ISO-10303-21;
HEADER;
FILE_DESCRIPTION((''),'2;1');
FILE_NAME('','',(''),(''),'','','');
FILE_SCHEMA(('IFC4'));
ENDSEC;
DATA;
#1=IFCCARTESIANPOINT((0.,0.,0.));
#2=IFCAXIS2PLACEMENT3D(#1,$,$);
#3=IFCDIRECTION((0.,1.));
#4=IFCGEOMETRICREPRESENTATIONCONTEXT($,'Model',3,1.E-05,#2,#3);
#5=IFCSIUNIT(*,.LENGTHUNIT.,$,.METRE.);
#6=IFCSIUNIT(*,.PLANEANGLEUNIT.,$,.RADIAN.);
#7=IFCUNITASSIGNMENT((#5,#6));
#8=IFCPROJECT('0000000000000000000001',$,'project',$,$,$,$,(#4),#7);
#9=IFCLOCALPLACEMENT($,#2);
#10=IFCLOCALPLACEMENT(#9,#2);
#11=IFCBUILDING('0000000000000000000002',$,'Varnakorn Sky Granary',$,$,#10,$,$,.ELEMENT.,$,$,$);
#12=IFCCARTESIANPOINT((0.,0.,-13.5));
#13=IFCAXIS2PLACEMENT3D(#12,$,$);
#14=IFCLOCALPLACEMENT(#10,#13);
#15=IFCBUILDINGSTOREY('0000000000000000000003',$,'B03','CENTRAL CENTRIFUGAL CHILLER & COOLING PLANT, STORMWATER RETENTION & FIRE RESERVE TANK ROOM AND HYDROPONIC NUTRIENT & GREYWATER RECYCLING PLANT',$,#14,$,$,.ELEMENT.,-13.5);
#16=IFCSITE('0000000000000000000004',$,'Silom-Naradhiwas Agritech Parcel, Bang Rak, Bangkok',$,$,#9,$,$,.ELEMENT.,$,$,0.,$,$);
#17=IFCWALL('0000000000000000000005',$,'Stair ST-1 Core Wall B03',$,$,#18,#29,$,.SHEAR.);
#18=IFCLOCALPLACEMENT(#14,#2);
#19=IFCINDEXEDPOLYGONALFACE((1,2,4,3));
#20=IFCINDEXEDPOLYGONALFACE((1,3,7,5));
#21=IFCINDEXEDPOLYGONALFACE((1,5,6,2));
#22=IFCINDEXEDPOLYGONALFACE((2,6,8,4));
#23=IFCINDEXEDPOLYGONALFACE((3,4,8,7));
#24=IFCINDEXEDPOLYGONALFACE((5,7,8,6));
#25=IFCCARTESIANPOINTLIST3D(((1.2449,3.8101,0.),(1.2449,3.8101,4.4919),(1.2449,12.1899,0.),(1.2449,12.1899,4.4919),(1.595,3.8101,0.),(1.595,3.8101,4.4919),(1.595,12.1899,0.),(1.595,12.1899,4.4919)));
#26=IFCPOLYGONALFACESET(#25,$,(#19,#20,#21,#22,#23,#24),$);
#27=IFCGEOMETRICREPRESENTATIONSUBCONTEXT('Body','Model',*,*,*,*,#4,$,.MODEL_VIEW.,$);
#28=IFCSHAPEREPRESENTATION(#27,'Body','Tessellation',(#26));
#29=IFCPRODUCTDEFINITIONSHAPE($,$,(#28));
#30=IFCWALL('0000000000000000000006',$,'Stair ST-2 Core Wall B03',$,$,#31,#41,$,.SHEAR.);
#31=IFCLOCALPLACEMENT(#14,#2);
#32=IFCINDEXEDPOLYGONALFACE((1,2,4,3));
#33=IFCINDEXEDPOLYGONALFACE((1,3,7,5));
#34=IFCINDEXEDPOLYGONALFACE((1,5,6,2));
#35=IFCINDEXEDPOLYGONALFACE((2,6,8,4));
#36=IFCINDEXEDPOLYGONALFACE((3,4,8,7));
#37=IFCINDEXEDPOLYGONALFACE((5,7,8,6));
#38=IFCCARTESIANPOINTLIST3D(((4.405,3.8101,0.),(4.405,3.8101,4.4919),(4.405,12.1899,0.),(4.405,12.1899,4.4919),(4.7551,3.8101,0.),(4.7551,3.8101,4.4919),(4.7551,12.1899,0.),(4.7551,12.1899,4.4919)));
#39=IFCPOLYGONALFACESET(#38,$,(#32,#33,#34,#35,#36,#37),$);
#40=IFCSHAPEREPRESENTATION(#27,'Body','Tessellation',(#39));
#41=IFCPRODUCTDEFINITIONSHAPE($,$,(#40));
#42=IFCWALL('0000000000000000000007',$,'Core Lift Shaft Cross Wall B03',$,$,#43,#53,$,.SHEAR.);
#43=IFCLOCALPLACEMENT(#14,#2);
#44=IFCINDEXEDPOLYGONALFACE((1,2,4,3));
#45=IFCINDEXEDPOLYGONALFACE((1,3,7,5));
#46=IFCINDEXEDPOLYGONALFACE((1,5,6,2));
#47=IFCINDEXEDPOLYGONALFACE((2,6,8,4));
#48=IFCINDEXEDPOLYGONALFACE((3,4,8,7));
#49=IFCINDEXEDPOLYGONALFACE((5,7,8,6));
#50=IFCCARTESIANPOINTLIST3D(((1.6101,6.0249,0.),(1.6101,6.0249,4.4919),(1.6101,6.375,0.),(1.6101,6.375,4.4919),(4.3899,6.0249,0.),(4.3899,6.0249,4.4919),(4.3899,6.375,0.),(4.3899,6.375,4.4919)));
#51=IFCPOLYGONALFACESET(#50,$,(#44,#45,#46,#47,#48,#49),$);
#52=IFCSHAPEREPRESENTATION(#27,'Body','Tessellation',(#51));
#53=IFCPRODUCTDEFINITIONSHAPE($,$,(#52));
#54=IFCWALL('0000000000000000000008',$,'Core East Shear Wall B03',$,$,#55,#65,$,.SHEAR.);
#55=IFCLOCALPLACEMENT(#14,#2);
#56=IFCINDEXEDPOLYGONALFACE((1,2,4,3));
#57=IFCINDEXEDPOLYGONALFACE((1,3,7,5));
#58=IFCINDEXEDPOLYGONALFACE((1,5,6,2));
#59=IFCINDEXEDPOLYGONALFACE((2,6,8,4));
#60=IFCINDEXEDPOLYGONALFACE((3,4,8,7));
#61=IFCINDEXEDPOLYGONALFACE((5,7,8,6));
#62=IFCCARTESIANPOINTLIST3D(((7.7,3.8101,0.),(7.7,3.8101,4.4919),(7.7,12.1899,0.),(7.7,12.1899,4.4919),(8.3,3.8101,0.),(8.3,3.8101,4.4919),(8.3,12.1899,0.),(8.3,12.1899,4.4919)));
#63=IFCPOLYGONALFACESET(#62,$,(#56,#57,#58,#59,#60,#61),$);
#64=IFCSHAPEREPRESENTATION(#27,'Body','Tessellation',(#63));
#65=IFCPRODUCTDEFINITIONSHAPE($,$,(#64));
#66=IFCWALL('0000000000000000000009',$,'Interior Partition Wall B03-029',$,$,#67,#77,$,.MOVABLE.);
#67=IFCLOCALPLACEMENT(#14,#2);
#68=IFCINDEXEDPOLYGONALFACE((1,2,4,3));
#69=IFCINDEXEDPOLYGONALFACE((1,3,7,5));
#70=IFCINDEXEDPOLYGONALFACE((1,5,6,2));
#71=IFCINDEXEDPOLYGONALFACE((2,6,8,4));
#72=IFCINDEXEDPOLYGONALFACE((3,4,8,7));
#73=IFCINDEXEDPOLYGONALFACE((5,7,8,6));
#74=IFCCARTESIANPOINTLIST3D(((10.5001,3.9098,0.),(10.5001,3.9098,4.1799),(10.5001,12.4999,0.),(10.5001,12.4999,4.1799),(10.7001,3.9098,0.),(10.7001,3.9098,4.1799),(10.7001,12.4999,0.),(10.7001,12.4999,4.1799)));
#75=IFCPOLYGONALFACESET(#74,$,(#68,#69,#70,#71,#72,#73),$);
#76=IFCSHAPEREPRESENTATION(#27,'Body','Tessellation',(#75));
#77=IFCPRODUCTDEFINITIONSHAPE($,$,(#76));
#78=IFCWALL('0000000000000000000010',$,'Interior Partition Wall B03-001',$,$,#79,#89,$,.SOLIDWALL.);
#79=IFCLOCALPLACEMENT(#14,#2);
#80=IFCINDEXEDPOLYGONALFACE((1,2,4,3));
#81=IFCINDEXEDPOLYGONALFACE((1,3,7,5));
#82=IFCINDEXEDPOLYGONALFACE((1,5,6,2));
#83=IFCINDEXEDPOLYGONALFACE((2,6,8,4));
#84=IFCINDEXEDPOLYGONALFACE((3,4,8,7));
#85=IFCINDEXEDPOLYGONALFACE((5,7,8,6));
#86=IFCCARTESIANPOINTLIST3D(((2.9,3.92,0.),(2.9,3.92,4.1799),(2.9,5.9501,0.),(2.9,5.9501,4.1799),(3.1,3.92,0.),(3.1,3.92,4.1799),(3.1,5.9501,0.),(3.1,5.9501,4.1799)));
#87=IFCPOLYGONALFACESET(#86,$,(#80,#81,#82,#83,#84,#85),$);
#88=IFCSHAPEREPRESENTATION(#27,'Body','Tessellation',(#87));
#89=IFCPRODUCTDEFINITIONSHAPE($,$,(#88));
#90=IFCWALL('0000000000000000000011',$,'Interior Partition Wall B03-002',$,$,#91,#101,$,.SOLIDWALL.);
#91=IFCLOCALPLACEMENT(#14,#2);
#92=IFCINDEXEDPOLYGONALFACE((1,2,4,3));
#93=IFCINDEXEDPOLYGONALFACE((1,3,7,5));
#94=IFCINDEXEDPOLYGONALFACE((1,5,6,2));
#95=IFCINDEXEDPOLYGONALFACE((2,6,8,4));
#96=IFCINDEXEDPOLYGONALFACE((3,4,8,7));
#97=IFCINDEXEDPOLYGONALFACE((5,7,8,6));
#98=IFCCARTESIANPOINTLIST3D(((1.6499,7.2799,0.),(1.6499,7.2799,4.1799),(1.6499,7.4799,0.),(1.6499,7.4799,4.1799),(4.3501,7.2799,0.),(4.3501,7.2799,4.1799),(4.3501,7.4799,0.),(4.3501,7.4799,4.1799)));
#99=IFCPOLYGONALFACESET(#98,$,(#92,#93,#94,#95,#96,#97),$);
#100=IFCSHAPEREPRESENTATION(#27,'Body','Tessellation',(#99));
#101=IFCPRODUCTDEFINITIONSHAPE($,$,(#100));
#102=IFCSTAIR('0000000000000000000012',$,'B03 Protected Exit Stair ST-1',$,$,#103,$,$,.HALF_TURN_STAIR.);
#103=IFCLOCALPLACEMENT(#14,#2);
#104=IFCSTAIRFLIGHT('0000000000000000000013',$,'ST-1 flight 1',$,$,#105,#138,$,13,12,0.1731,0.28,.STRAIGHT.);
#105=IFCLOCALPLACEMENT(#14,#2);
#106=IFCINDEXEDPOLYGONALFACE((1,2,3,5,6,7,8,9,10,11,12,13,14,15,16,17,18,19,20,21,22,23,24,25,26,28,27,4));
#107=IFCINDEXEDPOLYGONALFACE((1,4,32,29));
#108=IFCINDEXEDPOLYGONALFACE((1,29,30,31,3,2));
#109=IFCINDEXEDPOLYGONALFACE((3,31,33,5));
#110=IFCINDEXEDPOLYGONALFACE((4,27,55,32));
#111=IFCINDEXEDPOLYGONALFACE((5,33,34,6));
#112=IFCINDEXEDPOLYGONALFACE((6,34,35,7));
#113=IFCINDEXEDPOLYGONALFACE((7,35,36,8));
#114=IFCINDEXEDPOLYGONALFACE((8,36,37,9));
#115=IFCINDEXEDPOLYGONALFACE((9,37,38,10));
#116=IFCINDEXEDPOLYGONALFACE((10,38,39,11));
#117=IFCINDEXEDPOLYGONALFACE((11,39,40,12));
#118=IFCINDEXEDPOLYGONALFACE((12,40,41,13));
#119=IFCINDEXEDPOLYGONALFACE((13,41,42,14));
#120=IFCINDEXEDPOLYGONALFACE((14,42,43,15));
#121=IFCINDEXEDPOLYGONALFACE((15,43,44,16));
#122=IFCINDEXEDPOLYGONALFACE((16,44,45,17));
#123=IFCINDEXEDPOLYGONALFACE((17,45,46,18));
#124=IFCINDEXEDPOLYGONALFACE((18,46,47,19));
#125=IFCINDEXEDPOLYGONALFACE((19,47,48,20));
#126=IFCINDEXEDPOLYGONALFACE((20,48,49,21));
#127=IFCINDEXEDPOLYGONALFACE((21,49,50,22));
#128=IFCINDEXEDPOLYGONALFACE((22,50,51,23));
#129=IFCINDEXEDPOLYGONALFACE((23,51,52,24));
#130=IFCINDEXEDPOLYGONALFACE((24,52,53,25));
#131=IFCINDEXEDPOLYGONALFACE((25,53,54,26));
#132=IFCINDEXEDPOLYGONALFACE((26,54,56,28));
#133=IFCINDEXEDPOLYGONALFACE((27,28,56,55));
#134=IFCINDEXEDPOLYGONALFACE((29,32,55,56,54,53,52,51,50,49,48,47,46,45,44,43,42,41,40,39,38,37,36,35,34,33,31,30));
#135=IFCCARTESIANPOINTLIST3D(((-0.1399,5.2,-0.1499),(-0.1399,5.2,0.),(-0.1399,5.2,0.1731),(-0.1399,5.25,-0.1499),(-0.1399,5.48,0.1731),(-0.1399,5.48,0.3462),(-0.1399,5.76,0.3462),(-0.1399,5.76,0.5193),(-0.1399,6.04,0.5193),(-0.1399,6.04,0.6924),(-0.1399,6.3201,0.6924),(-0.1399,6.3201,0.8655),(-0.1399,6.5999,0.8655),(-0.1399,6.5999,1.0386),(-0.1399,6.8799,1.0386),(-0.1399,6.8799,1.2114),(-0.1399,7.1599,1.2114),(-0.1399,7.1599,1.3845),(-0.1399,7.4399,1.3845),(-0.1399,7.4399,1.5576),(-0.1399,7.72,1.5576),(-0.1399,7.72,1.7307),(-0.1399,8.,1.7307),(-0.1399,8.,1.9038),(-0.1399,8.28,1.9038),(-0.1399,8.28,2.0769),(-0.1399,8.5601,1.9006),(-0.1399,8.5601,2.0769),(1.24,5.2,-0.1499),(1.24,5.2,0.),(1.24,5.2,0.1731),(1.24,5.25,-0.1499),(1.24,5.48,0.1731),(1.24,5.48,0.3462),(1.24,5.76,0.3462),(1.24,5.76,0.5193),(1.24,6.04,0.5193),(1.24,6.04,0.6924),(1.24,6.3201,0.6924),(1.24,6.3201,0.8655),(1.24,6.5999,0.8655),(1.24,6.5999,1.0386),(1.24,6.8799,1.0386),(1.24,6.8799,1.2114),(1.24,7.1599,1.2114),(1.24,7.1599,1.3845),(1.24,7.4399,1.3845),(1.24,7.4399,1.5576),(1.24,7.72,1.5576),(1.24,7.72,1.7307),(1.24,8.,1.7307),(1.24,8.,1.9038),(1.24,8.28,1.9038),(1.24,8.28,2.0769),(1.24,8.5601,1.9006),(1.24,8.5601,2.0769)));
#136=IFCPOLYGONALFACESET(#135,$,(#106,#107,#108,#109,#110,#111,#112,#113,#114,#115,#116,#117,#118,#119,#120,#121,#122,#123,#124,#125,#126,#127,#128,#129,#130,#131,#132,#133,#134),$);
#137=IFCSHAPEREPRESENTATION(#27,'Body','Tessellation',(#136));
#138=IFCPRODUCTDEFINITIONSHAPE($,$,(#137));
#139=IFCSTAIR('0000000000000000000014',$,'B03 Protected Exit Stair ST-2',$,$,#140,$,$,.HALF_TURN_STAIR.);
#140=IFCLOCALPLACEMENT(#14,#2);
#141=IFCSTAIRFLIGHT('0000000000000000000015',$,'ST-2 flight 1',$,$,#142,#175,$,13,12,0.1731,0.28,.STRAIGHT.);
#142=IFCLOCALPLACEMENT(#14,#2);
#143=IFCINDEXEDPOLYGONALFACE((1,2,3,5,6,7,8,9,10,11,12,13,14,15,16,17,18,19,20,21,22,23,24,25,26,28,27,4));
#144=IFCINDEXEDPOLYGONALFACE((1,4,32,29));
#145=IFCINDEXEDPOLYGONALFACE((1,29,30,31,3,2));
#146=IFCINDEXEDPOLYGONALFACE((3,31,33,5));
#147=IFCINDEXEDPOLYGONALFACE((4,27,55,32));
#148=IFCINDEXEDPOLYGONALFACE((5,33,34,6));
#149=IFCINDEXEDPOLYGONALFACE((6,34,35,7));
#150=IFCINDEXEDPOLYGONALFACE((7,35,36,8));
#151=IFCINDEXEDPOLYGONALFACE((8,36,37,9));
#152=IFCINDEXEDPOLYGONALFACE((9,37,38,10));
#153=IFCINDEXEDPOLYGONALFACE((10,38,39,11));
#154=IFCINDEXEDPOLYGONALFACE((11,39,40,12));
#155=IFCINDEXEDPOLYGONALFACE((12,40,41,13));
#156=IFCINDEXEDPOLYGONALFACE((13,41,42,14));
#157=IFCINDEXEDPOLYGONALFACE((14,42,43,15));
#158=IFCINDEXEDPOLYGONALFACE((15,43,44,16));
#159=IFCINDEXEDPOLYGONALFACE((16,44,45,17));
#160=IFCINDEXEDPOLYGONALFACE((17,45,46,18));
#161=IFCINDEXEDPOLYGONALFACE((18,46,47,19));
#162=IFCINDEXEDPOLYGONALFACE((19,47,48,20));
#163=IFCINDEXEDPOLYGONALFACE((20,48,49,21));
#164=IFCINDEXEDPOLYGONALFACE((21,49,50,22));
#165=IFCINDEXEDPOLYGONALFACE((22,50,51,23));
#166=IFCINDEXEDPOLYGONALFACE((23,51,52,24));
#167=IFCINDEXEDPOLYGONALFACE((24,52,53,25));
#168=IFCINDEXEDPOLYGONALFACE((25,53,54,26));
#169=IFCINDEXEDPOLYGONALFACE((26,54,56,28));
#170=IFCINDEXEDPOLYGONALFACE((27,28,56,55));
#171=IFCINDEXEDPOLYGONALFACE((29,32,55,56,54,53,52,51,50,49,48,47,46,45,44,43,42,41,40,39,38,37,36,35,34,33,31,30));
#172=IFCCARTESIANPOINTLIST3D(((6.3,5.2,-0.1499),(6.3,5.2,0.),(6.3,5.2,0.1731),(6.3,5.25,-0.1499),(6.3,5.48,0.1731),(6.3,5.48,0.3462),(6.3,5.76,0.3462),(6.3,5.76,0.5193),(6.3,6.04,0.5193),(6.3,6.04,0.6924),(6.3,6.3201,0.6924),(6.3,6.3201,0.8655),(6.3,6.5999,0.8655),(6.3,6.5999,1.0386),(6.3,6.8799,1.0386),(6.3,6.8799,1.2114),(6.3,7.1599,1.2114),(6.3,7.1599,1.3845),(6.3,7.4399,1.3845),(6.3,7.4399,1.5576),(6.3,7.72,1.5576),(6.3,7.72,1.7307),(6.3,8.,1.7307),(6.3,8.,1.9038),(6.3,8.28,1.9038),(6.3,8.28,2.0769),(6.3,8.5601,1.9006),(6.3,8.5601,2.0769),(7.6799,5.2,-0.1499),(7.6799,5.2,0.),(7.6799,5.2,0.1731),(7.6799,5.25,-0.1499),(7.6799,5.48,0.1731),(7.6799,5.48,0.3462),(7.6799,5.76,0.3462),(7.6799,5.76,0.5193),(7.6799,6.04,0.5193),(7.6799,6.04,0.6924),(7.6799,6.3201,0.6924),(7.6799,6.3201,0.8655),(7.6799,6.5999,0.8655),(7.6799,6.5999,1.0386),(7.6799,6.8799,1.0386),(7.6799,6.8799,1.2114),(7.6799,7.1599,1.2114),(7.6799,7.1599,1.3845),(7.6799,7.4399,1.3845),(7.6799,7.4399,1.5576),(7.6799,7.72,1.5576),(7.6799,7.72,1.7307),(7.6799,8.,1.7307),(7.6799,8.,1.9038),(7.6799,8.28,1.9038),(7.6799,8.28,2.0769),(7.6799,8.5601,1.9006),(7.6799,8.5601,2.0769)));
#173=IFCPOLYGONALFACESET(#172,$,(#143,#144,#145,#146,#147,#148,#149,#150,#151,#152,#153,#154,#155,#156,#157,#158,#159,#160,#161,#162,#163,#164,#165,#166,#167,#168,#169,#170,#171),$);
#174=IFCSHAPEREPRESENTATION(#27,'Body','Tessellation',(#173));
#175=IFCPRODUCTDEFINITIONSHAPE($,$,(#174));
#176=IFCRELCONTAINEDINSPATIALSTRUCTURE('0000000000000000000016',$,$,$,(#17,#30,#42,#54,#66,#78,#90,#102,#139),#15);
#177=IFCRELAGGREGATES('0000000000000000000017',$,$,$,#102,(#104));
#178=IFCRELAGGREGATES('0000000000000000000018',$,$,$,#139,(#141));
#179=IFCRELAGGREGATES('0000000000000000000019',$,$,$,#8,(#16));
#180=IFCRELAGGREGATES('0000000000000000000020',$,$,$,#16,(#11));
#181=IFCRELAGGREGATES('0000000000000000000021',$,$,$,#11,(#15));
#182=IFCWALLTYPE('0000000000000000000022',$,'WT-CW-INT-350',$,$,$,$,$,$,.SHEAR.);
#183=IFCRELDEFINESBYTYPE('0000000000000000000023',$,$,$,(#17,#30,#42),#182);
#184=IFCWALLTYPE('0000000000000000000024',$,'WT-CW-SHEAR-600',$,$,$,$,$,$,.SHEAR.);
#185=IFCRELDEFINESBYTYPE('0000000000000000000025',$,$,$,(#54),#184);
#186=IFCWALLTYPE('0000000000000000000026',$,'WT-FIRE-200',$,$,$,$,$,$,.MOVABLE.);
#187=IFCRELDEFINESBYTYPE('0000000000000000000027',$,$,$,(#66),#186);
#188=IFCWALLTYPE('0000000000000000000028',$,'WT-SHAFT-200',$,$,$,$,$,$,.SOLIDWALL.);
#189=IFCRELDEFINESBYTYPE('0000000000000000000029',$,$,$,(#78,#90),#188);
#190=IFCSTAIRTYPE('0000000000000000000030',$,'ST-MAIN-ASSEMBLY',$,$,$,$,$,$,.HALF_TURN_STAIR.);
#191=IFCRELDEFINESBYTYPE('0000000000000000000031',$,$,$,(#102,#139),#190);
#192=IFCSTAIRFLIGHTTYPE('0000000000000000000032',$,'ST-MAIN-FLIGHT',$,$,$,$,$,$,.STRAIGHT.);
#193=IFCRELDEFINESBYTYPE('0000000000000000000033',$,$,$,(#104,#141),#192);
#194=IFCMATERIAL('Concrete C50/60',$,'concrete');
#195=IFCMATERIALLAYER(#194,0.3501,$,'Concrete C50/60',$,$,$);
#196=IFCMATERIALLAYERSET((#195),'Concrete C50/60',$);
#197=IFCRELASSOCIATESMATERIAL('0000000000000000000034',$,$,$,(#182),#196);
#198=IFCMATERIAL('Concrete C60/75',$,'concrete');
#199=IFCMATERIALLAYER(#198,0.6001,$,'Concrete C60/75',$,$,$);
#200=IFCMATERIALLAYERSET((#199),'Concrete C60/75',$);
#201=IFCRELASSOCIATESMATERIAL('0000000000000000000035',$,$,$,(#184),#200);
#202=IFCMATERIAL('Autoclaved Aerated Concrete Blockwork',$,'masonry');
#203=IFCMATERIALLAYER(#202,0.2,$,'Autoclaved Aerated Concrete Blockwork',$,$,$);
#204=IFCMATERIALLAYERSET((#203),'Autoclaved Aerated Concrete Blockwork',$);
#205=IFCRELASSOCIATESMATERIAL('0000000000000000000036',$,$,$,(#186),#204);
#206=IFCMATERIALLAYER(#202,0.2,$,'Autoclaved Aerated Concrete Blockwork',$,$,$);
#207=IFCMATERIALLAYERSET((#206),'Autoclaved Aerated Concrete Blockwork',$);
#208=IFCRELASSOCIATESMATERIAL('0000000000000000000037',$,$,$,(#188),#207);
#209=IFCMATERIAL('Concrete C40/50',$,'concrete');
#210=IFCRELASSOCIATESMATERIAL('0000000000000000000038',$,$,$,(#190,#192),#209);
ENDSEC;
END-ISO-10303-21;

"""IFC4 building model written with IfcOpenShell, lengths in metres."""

from ifc_helpers import new_model, si_unit, direction, frame, frame_2d, origin, place, context, subcontext, project, spatial, polyline, rectangle, outline, extrude, material, layer, layer_set, type_object, element, aggregate, save


model = new_model("IFC4")

# Units and contexts
model_context = context("Model", 3, precision=1e-05, world=origin(), true_north=direction((0.0, 1.0)))
body_context = subcontext(model_context, "Body", "Model", "MODEL_VIEW")
ifc_project = project(units=[si_unit("LENGTHUNIT", "METRE"), si_unit("PLANEANGLEUNIT", "RADIAN")], contexts=[model_context])

# Site, building, storey
site_placement = place(None, origin())
site = spatial("IfcSite", under=ifc_project, at=site_placement, Name="Silom-Naradhiwas Agritech Parcel, Bang Rak, Bangkok", CompositionType="ELEMENT", RefElevation=0.0)
building_placement = place(site_placement, origin())
building = spatial("IfcBuilding", under=site, at=building_placement, Name="Varnakorn Sky Granary", CompositionType="ELEMENT")
storey_placement = place(building_placement, frame((0.0, 0.0, -13.5)))
storey = spatial("IfcBuildingStorey", under=building, at=storey_placement, Name="B03", Description="CENTRAL CENTRIFUGAL CHILLER & COOLING PLANT, STORMWATER RETENTION & FIRE RESERVE TANK ROOM AND HYDROPONIC NUTRIENT & GREYWATER RECYCLING PLANT", CompositionType="ELEMENT", Elevation=-13.5)

# Shared definitions
ifc_material_1 = material(Name="Concrete C60/75", Category="concrete")

# Walls
ifc_material_2 = material(Name="Concrete C50/60", Category="concrete")
ifc_layer_1 = layer(ifc_material_2, 0.3501, Name="Concrete C50/60")
ifc_layer_set_1 = layer_set([ifc_layer_1], Name="Concrete C50/60")
wall_type_1 = type_object("IfcWallType", Name="WT-CW-INT-350", PredefinedType="SHEAR", material=ifc_layer_set_1)
for number, where, z_axis, x_axis, name in (
    (1, (1.4199, 3.8101, 0.0), (0.0, 0.0, 1.0), (0.0, 1.0, 0.0), "Stair ST-1 Core Wall B03"),
    (2, (4.5801, 3.8101, 0.0), (0.0, 0.0, 1.0), (0.0, 1.0, 0.0), "Stair ST-2 Core Wall B03"),
):
    element("IfcWall", number, at=place(storey_placement, frame(where, z_axis=z_axis, x_axis=x_axis)), inside=storey, type_object=wall_type_1, Name=name, PredefinedType="SHEAR", context=body_context, shape_type="SweptSolid", body=[
        extrude(rectangle(XDim=8.3799, YDim=0.3501, at=frame_2d((4.1899, 0.0))), origin(), (0.0, 0.0, 1.0), 4.4919),
    ])
wall_1_placement = place(storey_placement, frame((1.6101, 6.2, 0.0), z_axis=(0.0, 0.0, 1.0), x_axis=(1.0, 0.0, 0.0)))
element("IfcWall", 3, at=wall_1_placement, inside=storey, type_object=wall_type_1, Name="Core Lift Shaft Cross Wall B03", PredefinedType="SHEAR", context=body_context, shape_type="SweptSolid", body=[
    extrude(rectangle(XDim=2.7798, YDim=0.3501, at=frame_2d((1.3899, 0.0))), origin(), (0.0, 0.0, 1.0), 4.4919),
])
ifc_layer_2 = layer(ifc_material_1, 0.6001, Name="Concrete C60/75")
ifc_layer_set_2 = layer_set([ifc_layer_2], Name="Concrete C60/75")
wall_type_2 = type_object("IfcWallType", Name="WT-CW-SHEAR-600", PredefinedType="SHEAR", material=ifc_layer_set_2)
wall_2_placement = place(storey_placement, frame((8.0, 3.8101, 0.0), z_axis=(0.0, 0.0, 1.0), x_axis=(0.0, 1.0, 0.0)))
element("IfcWall", 4, at=wall_2_placement, inside=storey, type_object=wall_type_2, Name="Core East Shear Wall B03", PredefinedType="SHEAR", context=body_context, shape_type="SweptSolid", body=[
    extrude(rectangle(XDim=8.3799, YDim=0.6001, at=frame_2d((4.1899, 0.0))), origin(), (0.0, 0.0, 1.0), 4.4919),
])
ifc_material_3 = material(Name="Autoclaved Aerated Concrete Blockwork", Category="masonry")
ifc_layer_3 = layer(ifc_material_3, 0.2, Name="Autoclaved Aerated Concrete Blockwork")
ifc_layer_set_3 = layer_set([ifc_layer_3], Name="Autoclaved Aerated Concrete Blockwork")
wall_type_3 = type_object("IfcWallType", Name="WT-FIRE-200", PredefinedType="MOVABLE", material=ifc_layer_set_3)
wall_3_placement = place(storey_placement, frame((10.6001, 3.9099, 0.0), z_axis=(0.0, 0.0, 1.0), x_axis=(0.0, 1.0, 0.0)))
element("IfcWall", 5, at=wall_3_placement, inside=storey, type_object=wall_type_3, Name="Interior Partition Wall B03-029", PredefinedType="MOVABLE", context=body_context, shape_type="SweptSolid", body=[
    extrude(rectangle(XDim=8.5901, YDim=0.2, at=frame_2d((4.2949, 0.0))), origin(), (0.0, 0.0, 1.0), 4.1799),
])
ifc_layer_4 = layer(ifc_material_3, 0.2, Name="Autoclaved Aerated Concrete Blockwork")
ifc_layer_set_4 = layer_set([ifc_layer_4], Name="Autoclaved Aerated Concrete Blockwork")
wall_type_4 = type_object("IfcWallType", Name="WT-SHAFT-200", PredefinedType="SOLIDWALL", material=ifc_layer_set_4)
wall_4_placement = place(storey_placement, frame((3.0, 3.9199, 0.0), z_axis=(0.0, 0.0, 1.0), x_axis=(0.0, 1.0, 0.0)))
element("IfcWall", 6, at=wall_4_placement, inside=storey, type_object=wall_type_4, Name="Interior Partition Wall B03-001", PredefinedType="SOLIDWALL", context=body_context, shape_type="SweptSolid", body=[
    extrude(rectangle(XDim=2.03, YDim=0.2, at=frame_2d((1.0151, 0.0))), origin(), (0.0, 0.0, 1.0), 4.1799),
])
wall_5_placement = place(storey_placement, frame((1.6499, 7.3799, 0.0), z_axis=(0.0, 0.0, 1.0), x_axis=(1.0, 0.0, 0.0)))
element("IfcWall", 7, at=wall_5_placement, inside=storey, type_object=wall_type_4, Name="Interior Partition Wall B03-002", PredefinedType="SOLIDWALL", context=body_context, shape_type="SweptSolid", body=[
    extrude(rectangle(XDim=2.7002, YDim=0.2, at=frame_2d((1.3501, 0.0))), origin(), (0.0, 0.0, 1.0), 4.1799),
])

# Stair, stair flight
ifc_material_4 = material(Name="Concrete C40/50", Category="concrete")
stair_type = type_object("IfcStairType", Name="ST-MAIN-ASSEMBLY", PredefinedType="HALF_TURN_STAIR", material=ifc_material_4)
stair_1_placement = place(storey_placement, origin())
stair_1 = element("IfcStair", 8, at=stair_1_placement, inside=storey, type_object=stair_type, Name="B03 Protected Exit Stair ST-1", PredefinedType="HALF_TURN_STAIR")
stair_flight_type = type_object("IfcStairFlightType", Name="ST-MAIN-FLIGHT", PredefinedType="STRAIGHT", material=ifc_material_4)
stair_flight_1_placement = place(storey_placement, frame((0.55, 5.2, 0.0), z_axis=(0.0, 0.0, 1.0), x_axis=(0.0, 1.0, 0.0)))
stair_flight_1 = element("IfcStairFlight", 9, at=stair_flight_1_placement, type_object=stair_flight_type, Name="ST-1 flight 1", NumberOfRisers=13, NumberOfTreads=12, PredefinedType="STRAIGHT", RiserHeight=0.1731, TreadLength=0.28, context=body_context, shape_type="SweptSolid", body=[
    extrude(outline(polyline([(0.0, -0.1499), (0.0, 0.0), (0.0, 0.1731), (0.28, 0.1731), (0.28, 0.3462), (0.5601, 0.3462), (0.5601, 0.5193), (0.8401, 0.5193), (0.8401, 0.6924), (1.1201, 0.6924), (1.1201, 0.8655), (1.3999, 0.8655), (1.3999, 1.0386), (1.6799, 1.0386), (1.6799, 1.2114), (1.96, 1.2114), (1.96, 1.3845), (2.24, 1.3845), (2.24, 1.5576), (2.52, 1.5576), (2.52, 1.7307), (2.8, 1.7307), (2.8, 1.9038), (3.0801, 1.9038), (3.0801, 2.0769), (3.3601, 2.0769), (3.3601, 2.25), (3.3601, 1.9006), (0.05, -0.1499), (0.0, -0.1499)])), frame((0.0, 0.6899, 0.0), z_axis=(0.0, -1.0, 0.0), x_axis=(1.0, 0.0, 0.0)), (0.0, 0.0, 1.0), 1.3799),
])
aggregate(stair_1, [stair_flight_1])

# Stair, stair flight
stair_2_placement = place(storey_placement, origin())
stair_2 = element("IfcStair", 10, at=stair_2_placement, inside=storey, type_object=stair_type, Name="B03 Protected Exit Stair ST-2", PredefinedType="HALF_TURN_STAIR")
stair_flight_2_placement = place(storey_placement, frame((6.99, 5.2, 0.0), z_axis=(0.0, 0.0, 1.0), x_axis=(0.0, 1.0, 0.0)))
stair_flight_2 = element("IfcStairFlight", 11, at=stair_flight_2_placement, type_object=stair_flight_type, Name="ST-2 flight 1", NumberOfRisers=13, NumberOfTreads=12, PredefinedType="STRAIGHT", RiserHeight=0.1731, TreadLength=0.28, context=body_context, shape_type="SweptSolid", body=[
    extrude(outline(polyline([(0.0, -0.1499), (0.0, 0.0), (0.0, 0.1731), (0.28, 0.1731), (0.28, 0.3462), (0.5601, 0.3462), (0.5601, 0.5193), (0.8401, 0.5193), (0.8401, 0.6924), (1.1201, 0.6924), (1.1201, 0.8655), (1.3999, 0.8655), (1.3999, 1.0386), (1.6799, 1.0386), (1.6799, 1.2114), (1.96, 1.2114), (1.96, 1.3845), (2.24, 1.3845), (2.24, 1.5576), (2.52, 1.5576), (2.52, 1.7307), (2.8, 1.7307), (2.8, 1.9038), (3.0801, 1.9038), (3.0801, 2.0769), (3.3601, 2.0769), (3.3601, 2.25), (3.3601, 1.9006), (0.05, -0.1499), (0.0, -0.1499)])), frame((0.0, 0.6899, 0.0), z_axis=(0.0, -1.0, 0.0), x_axis=(1.0, 0.0, 0.0)), (0.0, 0.0, 1.0), 1.3799),
])
aggregate(stair_2, [stair_flight_2])

save(model, "model.ifc")
